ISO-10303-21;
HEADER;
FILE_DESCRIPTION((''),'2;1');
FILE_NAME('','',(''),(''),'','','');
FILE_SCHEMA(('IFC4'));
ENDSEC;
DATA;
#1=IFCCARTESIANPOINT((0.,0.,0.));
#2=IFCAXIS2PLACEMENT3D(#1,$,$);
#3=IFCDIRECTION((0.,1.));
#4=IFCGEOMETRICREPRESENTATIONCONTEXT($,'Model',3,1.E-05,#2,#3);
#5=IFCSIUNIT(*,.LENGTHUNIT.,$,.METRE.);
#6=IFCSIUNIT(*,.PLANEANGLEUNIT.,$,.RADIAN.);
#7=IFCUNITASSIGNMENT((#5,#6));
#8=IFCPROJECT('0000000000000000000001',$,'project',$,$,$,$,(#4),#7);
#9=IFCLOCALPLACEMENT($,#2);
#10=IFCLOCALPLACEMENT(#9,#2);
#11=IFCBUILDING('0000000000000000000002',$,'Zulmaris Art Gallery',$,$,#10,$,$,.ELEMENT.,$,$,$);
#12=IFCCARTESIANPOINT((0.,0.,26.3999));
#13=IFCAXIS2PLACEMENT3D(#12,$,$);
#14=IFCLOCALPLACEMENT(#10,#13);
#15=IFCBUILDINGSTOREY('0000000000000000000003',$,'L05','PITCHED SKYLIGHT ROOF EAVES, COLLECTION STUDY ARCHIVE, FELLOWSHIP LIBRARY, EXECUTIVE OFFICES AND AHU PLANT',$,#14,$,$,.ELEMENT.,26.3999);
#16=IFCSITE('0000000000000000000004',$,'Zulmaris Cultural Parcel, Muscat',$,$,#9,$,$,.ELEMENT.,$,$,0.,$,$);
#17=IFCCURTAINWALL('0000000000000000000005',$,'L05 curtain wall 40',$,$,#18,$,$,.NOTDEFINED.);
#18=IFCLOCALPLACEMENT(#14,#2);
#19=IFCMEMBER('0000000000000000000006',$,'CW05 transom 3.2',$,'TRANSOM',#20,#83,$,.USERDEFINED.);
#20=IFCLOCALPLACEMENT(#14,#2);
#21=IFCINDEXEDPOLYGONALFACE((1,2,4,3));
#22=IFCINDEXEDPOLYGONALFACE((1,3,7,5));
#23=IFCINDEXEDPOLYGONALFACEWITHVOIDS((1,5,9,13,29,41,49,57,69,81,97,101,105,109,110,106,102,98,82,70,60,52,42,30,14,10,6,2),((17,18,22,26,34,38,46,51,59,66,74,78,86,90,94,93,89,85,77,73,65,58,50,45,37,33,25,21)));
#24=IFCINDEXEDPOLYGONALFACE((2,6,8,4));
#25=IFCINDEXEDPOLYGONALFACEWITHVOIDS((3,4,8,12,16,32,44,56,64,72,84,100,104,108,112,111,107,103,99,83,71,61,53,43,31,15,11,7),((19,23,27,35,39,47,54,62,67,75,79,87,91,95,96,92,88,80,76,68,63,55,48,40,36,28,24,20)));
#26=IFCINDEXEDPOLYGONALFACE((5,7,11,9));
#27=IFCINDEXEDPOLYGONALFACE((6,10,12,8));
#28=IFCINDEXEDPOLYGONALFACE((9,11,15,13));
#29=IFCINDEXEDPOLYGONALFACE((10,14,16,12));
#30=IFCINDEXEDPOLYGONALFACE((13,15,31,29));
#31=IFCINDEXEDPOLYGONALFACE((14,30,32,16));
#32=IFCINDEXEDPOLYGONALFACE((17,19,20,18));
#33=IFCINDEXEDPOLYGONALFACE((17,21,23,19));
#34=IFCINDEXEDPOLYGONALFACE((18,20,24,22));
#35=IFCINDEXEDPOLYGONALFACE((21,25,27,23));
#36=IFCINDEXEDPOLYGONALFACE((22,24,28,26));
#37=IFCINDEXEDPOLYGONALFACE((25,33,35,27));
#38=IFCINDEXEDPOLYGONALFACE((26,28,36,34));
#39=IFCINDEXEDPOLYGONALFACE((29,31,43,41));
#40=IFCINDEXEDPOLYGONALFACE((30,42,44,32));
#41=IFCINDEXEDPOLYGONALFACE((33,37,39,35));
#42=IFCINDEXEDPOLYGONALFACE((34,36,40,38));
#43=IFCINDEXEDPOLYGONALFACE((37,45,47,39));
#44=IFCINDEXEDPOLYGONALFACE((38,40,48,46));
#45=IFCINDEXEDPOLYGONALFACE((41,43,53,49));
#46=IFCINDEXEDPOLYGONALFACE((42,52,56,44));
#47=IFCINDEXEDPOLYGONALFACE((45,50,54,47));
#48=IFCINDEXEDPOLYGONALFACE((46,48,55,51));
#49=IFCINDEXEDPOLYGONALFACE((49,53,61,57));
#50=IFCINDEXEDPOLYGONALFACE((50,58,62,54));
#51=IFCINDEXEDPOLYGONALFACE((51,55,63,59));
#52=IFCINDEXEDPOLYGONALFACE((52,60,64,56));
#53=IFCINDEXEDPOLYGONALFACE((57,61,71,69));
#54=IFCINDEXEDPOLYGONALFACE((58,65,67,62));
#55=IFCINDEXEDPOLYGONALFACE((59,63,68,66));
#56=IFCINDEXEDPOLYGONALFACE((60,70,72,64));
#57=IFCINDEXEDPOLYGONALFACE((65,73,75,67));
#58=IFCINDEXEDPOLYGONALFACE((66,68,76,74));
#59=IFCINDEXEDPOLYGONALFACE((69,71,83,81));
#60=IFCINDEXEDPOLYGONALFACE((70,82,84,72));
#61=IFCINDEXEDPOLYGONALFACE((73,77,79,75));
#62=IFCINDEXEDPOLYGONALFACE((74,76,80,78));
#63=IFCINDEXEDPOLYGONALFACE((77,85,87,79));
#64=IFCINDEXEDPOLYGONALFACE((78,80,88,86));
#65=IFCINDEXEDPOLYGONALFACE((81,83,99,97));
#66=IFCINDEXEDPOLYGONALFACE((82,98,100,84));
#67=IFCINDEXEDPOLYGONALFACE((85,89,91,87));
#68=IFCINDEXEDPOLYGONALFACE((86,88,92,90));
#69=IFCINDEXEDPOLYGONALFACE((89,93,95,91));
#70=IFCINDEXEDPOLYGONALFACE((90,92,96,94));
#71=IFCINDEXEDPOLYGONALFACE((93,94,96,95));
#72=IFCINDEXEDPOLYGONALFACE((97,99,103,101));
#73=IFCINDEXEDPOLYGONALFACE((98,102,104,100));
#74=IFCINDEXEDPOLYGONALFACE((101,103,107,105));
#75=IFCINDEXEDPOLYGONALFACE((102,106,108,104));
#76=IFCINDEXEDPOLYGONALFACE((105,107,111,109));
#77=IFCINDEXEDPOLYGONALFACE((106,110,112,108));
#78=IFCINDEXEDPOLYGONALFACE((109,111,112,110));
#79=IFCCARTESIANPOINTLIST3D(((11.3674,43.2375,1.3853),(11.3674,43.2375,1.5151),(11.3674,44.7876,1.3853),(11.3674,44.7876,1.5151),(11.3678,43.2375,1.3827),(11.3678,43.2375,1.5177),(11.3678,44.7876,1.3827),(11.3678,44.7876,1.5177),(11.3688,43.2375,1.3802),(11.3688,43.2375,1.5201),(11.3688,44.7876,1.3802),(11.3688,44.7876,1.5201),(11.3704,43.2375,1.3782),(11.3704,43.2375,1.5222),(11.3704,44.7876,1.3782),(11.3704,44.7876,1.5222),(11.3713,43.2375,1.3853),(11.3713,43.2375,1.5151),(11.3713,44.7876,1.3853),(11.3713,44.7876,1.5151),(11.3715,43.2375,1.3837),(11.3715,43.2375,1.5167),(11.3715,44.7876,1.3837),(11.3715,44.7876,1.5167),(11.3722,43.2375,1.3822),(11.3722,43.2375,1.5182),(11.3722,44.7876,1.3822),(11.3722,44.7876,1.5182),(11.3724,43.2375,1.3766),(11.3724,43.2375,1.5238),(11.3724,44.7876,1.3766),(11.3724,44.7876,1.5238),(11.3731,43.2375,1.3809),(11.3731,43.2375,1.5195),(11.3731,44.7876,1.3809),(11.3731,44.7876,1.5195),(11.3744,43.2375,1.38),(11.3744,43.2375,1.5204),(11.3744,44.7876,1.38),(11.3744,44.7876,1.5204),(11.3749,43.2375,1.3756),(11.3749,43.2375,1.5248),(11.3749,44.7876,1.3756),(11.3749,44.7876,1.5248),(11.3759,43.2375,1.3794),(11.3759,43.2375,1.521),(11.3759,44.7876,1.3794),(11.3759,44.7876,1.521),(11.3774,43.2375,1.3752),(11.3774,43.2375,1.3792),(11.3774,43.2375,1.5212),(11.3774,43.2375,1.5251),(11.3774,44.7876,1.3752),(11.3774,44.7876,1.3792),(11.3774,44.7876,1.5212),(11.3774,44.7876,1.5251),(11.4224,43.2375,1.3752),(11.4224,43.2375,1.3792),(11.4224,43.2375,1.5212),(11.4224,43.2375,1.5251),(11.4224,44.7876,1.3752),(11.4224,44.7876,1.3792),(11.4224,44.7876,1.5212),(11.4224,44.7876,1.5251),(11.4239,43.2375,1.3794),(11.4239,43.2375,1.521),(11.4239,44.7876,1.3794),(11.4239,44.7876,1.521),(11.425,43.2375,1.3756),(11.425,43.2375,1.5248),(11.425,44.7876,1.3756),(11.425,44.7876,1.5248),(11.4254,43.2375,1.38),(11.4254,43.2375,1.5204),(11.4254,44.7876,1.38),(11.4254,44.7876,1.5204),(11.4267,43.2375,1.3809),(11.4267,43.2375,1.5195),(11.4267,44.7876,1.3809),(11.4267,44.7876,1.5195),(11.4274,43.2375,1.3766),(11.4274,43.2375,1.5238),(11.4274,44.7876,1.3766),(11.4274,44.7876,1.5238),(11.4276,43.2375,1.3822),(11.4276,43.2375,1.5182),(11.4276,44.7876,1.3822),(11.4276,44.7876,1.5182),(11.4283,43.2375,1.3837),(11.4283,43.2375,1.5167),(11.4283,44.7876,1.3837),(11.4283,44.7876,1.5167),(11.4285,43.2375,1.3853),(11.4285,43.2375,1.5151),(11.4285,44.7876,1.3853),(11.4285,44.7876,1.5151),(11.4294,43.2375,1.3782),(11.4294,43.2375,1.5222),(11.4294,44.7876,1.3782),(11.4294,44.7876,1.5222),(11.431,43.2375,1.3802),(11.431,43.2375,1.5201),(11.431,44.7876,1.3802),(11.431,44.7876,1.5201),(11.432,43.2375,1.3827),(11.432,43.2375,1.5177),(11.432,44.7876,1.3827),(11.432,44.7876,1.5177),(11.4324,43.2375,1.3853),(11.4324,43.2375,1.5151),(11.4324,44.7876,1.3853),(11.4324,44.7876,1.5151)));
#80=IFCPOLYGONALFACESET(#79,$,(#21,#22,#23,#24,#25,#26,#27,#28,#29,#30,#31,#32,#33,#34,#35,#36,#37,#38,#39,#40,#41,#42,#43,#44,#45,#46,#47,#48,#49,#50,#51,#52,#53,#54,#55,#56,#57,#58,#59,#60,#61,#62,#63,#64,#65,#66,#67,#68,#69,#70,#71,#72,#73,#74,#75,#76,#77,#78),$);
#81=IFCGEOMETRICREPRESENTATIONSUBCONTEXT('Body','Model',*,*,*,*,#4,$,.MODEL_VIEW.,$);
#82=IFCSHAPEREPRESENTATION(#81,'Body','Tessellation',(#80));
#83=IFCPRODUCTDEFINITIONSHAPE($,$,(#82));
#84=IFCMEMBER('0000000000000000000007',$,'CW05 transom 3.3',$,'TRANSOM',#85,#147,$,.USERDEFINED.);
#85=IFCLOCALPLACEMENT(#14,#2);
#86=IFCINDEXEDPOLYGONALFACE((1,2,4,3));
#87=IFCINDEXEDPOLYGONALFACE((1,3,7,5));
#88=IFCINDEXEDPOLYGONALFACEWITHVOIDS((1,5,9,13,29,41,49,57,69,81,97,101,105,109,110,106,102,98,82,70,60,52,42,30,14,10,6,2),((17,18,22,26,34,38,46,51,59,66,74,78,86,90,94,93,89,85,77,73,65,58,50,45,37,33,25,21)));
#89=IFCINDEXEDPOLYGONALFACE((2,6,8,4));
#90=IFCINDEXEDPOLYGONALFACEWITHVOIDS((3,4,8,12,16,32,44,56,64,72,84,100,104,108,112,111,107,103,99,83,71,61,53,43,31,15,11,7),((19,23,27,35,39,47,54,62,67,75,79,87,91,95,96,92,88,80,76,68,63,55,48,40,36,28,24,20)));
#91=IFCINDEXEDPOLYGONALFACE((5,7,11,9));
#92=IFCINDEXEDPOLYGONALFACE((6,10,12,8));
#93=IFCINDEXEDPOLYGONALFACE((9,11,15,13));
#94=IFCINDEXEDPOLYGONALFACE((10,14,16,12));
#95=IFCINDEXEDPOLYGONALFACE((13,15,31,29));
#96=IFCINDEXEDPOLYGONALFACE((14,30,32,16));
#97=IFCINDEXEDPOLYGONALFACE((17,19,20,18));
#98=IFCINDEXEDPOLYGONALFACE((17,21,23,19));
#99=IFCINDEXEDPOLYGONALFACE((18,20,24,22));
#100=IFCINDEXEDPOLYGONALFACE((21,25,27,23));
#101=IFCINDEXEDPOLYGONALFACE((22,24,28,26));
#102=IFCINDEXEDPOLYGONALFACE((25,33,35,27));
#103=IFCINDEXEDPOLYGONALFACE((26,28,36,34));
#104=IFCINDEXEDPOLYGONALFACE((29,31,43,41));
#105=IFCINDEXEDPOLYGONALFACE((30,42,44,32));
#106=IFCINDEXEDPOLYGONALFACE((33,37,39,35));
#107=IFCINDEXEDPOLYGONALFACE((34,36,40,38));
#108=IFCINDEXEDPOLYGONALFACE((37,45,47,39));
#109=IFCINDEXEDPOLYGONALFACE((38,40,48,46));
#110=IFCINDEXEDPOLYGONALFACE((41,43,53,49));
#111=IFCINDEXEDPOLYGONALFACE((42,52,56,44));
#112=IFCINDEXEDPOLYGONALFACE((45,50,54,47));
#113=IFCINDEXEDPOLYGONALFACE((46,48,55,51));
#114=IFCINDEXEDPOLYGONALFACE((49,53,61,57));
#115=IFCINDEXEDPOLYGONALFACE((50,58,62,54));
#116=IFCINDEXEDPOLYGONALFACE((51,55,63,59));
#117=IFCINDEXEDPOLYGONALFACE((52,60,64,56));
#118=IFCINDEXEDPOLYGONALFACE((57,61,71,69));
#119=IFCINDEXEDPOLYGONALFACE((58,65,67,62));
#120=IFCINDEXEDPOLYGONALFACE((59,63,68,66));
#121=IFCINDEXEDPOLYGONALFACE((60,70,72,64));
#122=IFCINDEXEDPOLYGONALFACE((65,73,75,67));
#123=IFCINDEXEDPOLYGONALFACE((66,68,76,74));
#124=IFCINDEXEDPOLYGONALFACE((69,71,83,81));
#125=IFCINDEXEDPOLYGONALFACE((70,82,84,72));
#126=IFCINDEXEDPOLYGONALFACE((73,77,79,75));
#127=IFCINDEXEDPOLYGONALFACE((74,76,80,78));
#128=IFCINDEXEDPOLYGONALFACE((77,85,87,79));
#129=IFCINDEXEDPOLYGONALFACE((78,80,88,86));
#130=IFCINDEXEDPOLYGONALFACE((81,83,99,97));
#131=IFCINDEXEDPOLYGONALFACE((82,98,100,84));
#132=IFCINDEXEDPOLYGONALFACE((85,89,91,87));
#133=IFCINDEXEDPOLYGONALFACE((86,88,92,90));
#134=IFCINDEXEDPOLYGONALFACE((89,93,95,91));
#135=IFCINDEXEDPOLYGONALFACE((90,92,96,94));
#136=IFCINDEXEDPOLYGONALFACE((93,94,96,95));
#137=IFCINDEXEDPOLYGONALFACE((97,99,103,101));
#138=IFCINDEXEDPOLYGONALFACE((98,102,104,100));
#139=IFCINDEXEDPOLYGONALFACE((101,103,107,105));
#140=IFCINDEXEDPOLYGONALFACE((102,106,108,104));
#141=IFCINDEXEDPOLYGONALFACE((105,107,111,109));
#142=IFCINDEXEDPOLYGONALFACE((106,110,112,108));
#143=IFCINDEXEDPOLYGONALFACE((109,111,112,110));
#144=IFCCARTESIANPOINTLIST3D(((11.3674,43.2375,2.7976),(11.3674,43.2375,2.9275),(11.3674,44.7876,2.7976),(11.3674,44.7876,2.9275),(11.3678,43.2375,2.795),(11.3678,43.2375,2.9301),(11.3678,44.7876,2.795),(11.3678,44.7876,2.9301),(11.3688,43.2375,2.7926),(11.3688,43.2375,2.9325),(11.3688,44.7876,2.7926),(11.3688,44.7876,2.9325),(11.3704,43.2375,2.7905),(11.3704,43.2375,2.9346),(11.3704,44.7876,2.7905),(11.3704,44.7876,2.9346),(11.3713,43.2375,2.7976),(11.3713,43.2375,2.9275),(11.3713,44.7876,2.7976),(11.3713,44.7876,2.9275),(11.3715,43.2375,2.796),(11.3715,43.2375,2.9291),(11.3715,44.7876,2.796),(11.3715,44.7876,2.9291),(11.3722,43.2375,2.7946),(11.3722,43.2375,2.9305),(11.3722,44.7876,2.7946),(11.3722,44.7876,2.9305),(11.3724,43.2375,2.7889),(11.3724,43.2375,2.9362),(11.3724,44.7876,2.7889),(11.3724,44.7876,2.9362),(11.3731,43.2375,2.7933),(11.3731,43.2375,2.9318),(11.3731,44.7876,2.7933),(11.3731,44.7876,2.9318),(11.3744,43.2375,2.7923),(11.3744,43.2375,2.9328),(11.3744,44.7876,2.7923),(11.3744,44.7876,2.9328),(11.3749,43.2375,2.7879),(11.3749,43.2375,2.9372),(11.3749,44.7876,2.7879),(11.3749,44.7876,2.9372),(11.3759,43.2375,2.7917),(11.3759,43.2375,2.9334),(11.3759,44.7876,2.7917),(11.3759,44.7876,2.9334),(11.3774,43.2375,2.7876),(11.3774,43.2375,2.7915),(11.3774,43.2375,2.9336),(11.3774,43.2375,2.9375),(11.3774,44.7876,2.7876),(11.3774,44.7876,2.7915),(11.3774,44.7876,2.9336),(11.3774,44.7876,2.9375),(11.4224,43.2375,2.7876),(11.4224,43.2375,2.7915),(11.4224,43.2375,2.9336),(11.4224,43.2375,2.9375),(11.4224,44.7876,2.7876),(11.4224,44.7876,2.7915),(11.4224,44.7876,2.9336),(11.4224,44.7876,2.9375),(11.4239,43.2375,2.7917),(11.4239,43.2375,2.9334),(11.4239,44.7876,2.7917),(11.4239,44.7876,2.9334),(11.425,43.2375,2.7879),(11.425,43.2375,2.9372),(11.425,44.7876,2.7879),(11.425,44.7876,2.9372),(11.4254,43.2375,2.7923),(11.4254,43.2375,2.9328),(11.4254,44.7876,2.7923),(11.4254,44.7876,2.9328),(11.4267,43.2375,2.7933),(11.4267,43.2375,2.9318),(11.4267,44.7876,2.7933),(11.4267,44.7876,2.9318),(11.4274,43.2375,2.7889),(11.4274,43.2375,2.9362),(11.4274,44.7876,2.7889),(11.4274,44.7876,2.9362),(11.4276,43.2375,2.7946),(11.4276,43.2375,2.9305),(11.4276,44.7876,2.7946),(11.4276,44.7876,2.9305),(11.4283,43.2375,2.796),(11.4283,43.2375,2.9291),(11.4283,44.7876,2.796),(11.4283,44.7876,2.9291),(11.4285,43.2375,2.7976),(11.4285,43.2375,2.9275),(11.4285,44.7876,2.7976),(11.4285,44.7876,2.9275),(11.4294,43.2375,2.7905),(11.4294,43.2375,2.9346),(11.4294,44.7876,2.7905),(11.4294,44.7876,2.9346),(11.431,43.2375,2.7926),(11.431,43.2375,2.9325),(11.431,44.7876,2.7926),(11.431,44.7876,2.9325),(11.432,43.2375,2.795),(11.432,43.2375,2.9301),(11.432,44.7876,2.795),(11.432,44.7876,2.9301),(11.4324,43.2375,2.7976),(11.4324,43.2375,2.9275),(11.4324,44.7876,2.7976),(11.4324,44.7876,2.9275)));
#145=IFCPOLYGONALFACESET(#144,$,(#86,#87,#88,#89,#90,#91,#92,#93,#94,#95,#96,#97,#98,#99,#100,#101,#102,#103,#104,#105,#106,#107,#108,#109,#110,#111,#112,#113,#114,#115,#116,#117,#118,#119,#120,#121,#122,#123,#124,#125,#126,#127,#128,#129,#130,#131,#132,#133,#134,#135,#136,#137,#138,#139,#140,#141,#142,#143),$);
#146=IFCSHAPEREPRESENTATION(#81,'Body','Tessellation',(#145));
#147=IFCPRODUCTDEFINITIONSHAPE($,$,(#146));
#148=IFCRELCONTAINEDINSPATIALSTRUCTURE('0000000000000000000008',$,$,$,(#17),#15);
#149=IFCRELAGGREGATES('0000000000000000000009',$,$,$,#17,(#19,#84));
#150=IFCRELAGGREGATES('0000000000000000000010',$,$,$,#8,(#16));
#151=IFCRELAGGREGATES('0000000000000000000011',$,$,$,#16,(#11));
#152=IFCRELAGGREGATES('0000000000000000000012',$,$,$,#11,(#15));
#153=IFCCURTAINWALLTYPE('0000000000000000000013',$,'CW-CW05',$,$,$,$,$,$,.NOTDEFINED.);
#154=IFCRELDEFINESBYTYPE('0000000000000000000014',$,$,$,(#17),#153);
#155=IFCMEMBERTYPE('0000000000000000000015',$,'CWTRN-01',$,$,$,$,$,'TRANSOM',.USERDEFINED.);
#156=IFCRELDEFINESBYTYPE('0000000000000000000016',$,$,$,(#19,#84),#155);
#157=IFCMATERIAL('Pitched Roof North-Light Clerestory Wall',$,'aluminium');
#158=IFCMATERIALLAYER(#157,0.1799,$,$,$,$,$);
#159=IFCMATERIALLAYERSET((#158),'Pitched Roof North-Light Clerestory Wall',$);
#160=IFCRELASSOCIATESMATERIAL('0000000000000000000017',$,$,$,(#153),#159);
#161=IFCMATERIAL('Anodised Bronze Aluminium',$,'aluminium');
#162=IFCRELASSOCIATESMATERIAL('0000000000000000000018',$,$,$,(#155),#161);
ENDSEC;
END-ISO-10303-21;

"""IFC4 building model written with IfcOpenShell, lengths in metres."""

from ifc_helpers import new_model, si_unit, direction, frame, origin, origin_2d, place, context, subcontext, project, spatial, hollow_rectangle, extrude, material, layer, layer_set, material_profile, profile_set, type_object, element, aggregate, save


model = new_model("IFC4")

# Units and contexts
model_context = context("Model", 3, precision=1e-05, world=origin(), true_north=direction((0.0, 1.0)))
body_context = subcontext(model_context, "Body", "Model", "MODEL_VIEW")
ifc_project = project(units=[si_unit("LENGTHUNIT", "METRE"), si_unit("PLANEANGLEUNIT", "RADIAN")], contexts=[model_context])

# Site, building, storey
site_placement = place(None, origin())
site = spatial("IfcSite", under=ifc_project, at=site_placement, Name="Zulmaris Cultural Parcel, Muscat", CompositionType="ELEMENT", RefElevation=0.0)
building_placement = place(site_placement, origin())
building = spatial("IfcBuilding", under=site, at=building_placement, Name="Zulmaris Art Gallery", CompositionType="ELEMENT")
storey_placement = place(building_placement, frame((0.0, 0.0, 26.3999)))
storey = spatial("IfcBuildingStorey", under=building, at=storey_placement, Name="L05", Description="PITCHED SKYLIGHT ROOF EAVES, COLLECTION STUDY ARCHIVE, FELLOWSHIP LIBRARY, EXECUTIVE OFFICES AND AHU PLANT", CompositionType="ELEMENT", Elevation=26.3999)

# Curtain wall, members
ifc_material_1 = material(Name="Pitched Roof North-Light Clerestory Wall", Category="aluminium")
ifc_layer_1 = layer(ifc_material_1, 0.1799)
ifc_layer_set_1 = layer_set([ifc_layer_1], Name="Pitched Roof North-Light Clerestory Wall")
curtain_wall_type = type_object("IfcCurtainWallType", Name="CW-CW05", PredefinedType="NOTDEFINED", material=ifc_layer_set_1)
curtain_wall_placement = place(storey_placement, origin())
curtain_wall = element("IfcCurtainWall", 1, at=curtain_wall_placement, inside=storey, type_object=curtain_wall_type, Name="L05 curtain wall 40", PredefinedType="NOTDEFINED")
ifc_material_2 = material(Name="Anodised Bronze Aluminium", Category="aluminium")
ifc_material_profile_1 = material_profile(ifc_material_2, hollow_rectangle(XDim=0.0649, YDim=0.1499, WallThickness=0.0039, InnerFilletRadius=0.0061, OuterFilletRadius=0.01, at=origin_2d()), Name="ALU 65x150x4")
ifc_profile_set_1 = profile_set([ifc_material_profile_1], Name="Anodised Bronze Aluminium")
member_type_1 = type_object("IfcMemberType", Name="CWTRN-01", ElementType="TRANSOM", PredefinedType="USERDEFINED", material=ifc_profile_set_1)
member_1_placement = place(storey_placement, frame((11.3999, 43.2375, 1.4502), z_axis=(0.0, 1.0, 0.0), x_axis=(-1.0, 0.0, 0.0)))
member_1 = element("IfcMember", 2, at=member_1_placement, type_object=member_type_1, Name="CW05 transom 3.2", ObjectType="TRANSOM", PredefinedType="USERDEFINED", context=body_context, shape_type="SweptSolid", body=[
    extrude(hollow_rectangle(XDim=0.0649, YDim=0.1499, WallThickness=0.0039, InnerFilletRadius=0.0061, OuterFilletRadius=0.01, at=origin_2d()), origin(), (0.0, 0.0, 1.0), 1.55),
])
member_2_placement = place(storey_placement, frame((11.3999, 43.2375, 2.8625), z_axis=(0.0, 1.0, 0.0), x_axis=(-1.0, 0.0, 0.0)))
member_2 = element("IfcMember", 3, at=member_2_placement, type_object=member_type_1, Name="CW05 transom 3.3", ObjectType="TRANSOM", PredefinedType="USERDEFINED", context=body_context, shape_type="SweptSolid", body=[
    extrude(hollow_rectangle(XDim=0.0649, YDim=0.1499, WallThickness=0.0039, InnerFilletRadius=0.0061, OuterFilletRadius=0.01, at=origin_2d()), origin(), (0.0, 0.0, 1.0), 1.55),
])

aggregate(curtain_wall, [member_1, member_2])

save(model, "model.ifc")
